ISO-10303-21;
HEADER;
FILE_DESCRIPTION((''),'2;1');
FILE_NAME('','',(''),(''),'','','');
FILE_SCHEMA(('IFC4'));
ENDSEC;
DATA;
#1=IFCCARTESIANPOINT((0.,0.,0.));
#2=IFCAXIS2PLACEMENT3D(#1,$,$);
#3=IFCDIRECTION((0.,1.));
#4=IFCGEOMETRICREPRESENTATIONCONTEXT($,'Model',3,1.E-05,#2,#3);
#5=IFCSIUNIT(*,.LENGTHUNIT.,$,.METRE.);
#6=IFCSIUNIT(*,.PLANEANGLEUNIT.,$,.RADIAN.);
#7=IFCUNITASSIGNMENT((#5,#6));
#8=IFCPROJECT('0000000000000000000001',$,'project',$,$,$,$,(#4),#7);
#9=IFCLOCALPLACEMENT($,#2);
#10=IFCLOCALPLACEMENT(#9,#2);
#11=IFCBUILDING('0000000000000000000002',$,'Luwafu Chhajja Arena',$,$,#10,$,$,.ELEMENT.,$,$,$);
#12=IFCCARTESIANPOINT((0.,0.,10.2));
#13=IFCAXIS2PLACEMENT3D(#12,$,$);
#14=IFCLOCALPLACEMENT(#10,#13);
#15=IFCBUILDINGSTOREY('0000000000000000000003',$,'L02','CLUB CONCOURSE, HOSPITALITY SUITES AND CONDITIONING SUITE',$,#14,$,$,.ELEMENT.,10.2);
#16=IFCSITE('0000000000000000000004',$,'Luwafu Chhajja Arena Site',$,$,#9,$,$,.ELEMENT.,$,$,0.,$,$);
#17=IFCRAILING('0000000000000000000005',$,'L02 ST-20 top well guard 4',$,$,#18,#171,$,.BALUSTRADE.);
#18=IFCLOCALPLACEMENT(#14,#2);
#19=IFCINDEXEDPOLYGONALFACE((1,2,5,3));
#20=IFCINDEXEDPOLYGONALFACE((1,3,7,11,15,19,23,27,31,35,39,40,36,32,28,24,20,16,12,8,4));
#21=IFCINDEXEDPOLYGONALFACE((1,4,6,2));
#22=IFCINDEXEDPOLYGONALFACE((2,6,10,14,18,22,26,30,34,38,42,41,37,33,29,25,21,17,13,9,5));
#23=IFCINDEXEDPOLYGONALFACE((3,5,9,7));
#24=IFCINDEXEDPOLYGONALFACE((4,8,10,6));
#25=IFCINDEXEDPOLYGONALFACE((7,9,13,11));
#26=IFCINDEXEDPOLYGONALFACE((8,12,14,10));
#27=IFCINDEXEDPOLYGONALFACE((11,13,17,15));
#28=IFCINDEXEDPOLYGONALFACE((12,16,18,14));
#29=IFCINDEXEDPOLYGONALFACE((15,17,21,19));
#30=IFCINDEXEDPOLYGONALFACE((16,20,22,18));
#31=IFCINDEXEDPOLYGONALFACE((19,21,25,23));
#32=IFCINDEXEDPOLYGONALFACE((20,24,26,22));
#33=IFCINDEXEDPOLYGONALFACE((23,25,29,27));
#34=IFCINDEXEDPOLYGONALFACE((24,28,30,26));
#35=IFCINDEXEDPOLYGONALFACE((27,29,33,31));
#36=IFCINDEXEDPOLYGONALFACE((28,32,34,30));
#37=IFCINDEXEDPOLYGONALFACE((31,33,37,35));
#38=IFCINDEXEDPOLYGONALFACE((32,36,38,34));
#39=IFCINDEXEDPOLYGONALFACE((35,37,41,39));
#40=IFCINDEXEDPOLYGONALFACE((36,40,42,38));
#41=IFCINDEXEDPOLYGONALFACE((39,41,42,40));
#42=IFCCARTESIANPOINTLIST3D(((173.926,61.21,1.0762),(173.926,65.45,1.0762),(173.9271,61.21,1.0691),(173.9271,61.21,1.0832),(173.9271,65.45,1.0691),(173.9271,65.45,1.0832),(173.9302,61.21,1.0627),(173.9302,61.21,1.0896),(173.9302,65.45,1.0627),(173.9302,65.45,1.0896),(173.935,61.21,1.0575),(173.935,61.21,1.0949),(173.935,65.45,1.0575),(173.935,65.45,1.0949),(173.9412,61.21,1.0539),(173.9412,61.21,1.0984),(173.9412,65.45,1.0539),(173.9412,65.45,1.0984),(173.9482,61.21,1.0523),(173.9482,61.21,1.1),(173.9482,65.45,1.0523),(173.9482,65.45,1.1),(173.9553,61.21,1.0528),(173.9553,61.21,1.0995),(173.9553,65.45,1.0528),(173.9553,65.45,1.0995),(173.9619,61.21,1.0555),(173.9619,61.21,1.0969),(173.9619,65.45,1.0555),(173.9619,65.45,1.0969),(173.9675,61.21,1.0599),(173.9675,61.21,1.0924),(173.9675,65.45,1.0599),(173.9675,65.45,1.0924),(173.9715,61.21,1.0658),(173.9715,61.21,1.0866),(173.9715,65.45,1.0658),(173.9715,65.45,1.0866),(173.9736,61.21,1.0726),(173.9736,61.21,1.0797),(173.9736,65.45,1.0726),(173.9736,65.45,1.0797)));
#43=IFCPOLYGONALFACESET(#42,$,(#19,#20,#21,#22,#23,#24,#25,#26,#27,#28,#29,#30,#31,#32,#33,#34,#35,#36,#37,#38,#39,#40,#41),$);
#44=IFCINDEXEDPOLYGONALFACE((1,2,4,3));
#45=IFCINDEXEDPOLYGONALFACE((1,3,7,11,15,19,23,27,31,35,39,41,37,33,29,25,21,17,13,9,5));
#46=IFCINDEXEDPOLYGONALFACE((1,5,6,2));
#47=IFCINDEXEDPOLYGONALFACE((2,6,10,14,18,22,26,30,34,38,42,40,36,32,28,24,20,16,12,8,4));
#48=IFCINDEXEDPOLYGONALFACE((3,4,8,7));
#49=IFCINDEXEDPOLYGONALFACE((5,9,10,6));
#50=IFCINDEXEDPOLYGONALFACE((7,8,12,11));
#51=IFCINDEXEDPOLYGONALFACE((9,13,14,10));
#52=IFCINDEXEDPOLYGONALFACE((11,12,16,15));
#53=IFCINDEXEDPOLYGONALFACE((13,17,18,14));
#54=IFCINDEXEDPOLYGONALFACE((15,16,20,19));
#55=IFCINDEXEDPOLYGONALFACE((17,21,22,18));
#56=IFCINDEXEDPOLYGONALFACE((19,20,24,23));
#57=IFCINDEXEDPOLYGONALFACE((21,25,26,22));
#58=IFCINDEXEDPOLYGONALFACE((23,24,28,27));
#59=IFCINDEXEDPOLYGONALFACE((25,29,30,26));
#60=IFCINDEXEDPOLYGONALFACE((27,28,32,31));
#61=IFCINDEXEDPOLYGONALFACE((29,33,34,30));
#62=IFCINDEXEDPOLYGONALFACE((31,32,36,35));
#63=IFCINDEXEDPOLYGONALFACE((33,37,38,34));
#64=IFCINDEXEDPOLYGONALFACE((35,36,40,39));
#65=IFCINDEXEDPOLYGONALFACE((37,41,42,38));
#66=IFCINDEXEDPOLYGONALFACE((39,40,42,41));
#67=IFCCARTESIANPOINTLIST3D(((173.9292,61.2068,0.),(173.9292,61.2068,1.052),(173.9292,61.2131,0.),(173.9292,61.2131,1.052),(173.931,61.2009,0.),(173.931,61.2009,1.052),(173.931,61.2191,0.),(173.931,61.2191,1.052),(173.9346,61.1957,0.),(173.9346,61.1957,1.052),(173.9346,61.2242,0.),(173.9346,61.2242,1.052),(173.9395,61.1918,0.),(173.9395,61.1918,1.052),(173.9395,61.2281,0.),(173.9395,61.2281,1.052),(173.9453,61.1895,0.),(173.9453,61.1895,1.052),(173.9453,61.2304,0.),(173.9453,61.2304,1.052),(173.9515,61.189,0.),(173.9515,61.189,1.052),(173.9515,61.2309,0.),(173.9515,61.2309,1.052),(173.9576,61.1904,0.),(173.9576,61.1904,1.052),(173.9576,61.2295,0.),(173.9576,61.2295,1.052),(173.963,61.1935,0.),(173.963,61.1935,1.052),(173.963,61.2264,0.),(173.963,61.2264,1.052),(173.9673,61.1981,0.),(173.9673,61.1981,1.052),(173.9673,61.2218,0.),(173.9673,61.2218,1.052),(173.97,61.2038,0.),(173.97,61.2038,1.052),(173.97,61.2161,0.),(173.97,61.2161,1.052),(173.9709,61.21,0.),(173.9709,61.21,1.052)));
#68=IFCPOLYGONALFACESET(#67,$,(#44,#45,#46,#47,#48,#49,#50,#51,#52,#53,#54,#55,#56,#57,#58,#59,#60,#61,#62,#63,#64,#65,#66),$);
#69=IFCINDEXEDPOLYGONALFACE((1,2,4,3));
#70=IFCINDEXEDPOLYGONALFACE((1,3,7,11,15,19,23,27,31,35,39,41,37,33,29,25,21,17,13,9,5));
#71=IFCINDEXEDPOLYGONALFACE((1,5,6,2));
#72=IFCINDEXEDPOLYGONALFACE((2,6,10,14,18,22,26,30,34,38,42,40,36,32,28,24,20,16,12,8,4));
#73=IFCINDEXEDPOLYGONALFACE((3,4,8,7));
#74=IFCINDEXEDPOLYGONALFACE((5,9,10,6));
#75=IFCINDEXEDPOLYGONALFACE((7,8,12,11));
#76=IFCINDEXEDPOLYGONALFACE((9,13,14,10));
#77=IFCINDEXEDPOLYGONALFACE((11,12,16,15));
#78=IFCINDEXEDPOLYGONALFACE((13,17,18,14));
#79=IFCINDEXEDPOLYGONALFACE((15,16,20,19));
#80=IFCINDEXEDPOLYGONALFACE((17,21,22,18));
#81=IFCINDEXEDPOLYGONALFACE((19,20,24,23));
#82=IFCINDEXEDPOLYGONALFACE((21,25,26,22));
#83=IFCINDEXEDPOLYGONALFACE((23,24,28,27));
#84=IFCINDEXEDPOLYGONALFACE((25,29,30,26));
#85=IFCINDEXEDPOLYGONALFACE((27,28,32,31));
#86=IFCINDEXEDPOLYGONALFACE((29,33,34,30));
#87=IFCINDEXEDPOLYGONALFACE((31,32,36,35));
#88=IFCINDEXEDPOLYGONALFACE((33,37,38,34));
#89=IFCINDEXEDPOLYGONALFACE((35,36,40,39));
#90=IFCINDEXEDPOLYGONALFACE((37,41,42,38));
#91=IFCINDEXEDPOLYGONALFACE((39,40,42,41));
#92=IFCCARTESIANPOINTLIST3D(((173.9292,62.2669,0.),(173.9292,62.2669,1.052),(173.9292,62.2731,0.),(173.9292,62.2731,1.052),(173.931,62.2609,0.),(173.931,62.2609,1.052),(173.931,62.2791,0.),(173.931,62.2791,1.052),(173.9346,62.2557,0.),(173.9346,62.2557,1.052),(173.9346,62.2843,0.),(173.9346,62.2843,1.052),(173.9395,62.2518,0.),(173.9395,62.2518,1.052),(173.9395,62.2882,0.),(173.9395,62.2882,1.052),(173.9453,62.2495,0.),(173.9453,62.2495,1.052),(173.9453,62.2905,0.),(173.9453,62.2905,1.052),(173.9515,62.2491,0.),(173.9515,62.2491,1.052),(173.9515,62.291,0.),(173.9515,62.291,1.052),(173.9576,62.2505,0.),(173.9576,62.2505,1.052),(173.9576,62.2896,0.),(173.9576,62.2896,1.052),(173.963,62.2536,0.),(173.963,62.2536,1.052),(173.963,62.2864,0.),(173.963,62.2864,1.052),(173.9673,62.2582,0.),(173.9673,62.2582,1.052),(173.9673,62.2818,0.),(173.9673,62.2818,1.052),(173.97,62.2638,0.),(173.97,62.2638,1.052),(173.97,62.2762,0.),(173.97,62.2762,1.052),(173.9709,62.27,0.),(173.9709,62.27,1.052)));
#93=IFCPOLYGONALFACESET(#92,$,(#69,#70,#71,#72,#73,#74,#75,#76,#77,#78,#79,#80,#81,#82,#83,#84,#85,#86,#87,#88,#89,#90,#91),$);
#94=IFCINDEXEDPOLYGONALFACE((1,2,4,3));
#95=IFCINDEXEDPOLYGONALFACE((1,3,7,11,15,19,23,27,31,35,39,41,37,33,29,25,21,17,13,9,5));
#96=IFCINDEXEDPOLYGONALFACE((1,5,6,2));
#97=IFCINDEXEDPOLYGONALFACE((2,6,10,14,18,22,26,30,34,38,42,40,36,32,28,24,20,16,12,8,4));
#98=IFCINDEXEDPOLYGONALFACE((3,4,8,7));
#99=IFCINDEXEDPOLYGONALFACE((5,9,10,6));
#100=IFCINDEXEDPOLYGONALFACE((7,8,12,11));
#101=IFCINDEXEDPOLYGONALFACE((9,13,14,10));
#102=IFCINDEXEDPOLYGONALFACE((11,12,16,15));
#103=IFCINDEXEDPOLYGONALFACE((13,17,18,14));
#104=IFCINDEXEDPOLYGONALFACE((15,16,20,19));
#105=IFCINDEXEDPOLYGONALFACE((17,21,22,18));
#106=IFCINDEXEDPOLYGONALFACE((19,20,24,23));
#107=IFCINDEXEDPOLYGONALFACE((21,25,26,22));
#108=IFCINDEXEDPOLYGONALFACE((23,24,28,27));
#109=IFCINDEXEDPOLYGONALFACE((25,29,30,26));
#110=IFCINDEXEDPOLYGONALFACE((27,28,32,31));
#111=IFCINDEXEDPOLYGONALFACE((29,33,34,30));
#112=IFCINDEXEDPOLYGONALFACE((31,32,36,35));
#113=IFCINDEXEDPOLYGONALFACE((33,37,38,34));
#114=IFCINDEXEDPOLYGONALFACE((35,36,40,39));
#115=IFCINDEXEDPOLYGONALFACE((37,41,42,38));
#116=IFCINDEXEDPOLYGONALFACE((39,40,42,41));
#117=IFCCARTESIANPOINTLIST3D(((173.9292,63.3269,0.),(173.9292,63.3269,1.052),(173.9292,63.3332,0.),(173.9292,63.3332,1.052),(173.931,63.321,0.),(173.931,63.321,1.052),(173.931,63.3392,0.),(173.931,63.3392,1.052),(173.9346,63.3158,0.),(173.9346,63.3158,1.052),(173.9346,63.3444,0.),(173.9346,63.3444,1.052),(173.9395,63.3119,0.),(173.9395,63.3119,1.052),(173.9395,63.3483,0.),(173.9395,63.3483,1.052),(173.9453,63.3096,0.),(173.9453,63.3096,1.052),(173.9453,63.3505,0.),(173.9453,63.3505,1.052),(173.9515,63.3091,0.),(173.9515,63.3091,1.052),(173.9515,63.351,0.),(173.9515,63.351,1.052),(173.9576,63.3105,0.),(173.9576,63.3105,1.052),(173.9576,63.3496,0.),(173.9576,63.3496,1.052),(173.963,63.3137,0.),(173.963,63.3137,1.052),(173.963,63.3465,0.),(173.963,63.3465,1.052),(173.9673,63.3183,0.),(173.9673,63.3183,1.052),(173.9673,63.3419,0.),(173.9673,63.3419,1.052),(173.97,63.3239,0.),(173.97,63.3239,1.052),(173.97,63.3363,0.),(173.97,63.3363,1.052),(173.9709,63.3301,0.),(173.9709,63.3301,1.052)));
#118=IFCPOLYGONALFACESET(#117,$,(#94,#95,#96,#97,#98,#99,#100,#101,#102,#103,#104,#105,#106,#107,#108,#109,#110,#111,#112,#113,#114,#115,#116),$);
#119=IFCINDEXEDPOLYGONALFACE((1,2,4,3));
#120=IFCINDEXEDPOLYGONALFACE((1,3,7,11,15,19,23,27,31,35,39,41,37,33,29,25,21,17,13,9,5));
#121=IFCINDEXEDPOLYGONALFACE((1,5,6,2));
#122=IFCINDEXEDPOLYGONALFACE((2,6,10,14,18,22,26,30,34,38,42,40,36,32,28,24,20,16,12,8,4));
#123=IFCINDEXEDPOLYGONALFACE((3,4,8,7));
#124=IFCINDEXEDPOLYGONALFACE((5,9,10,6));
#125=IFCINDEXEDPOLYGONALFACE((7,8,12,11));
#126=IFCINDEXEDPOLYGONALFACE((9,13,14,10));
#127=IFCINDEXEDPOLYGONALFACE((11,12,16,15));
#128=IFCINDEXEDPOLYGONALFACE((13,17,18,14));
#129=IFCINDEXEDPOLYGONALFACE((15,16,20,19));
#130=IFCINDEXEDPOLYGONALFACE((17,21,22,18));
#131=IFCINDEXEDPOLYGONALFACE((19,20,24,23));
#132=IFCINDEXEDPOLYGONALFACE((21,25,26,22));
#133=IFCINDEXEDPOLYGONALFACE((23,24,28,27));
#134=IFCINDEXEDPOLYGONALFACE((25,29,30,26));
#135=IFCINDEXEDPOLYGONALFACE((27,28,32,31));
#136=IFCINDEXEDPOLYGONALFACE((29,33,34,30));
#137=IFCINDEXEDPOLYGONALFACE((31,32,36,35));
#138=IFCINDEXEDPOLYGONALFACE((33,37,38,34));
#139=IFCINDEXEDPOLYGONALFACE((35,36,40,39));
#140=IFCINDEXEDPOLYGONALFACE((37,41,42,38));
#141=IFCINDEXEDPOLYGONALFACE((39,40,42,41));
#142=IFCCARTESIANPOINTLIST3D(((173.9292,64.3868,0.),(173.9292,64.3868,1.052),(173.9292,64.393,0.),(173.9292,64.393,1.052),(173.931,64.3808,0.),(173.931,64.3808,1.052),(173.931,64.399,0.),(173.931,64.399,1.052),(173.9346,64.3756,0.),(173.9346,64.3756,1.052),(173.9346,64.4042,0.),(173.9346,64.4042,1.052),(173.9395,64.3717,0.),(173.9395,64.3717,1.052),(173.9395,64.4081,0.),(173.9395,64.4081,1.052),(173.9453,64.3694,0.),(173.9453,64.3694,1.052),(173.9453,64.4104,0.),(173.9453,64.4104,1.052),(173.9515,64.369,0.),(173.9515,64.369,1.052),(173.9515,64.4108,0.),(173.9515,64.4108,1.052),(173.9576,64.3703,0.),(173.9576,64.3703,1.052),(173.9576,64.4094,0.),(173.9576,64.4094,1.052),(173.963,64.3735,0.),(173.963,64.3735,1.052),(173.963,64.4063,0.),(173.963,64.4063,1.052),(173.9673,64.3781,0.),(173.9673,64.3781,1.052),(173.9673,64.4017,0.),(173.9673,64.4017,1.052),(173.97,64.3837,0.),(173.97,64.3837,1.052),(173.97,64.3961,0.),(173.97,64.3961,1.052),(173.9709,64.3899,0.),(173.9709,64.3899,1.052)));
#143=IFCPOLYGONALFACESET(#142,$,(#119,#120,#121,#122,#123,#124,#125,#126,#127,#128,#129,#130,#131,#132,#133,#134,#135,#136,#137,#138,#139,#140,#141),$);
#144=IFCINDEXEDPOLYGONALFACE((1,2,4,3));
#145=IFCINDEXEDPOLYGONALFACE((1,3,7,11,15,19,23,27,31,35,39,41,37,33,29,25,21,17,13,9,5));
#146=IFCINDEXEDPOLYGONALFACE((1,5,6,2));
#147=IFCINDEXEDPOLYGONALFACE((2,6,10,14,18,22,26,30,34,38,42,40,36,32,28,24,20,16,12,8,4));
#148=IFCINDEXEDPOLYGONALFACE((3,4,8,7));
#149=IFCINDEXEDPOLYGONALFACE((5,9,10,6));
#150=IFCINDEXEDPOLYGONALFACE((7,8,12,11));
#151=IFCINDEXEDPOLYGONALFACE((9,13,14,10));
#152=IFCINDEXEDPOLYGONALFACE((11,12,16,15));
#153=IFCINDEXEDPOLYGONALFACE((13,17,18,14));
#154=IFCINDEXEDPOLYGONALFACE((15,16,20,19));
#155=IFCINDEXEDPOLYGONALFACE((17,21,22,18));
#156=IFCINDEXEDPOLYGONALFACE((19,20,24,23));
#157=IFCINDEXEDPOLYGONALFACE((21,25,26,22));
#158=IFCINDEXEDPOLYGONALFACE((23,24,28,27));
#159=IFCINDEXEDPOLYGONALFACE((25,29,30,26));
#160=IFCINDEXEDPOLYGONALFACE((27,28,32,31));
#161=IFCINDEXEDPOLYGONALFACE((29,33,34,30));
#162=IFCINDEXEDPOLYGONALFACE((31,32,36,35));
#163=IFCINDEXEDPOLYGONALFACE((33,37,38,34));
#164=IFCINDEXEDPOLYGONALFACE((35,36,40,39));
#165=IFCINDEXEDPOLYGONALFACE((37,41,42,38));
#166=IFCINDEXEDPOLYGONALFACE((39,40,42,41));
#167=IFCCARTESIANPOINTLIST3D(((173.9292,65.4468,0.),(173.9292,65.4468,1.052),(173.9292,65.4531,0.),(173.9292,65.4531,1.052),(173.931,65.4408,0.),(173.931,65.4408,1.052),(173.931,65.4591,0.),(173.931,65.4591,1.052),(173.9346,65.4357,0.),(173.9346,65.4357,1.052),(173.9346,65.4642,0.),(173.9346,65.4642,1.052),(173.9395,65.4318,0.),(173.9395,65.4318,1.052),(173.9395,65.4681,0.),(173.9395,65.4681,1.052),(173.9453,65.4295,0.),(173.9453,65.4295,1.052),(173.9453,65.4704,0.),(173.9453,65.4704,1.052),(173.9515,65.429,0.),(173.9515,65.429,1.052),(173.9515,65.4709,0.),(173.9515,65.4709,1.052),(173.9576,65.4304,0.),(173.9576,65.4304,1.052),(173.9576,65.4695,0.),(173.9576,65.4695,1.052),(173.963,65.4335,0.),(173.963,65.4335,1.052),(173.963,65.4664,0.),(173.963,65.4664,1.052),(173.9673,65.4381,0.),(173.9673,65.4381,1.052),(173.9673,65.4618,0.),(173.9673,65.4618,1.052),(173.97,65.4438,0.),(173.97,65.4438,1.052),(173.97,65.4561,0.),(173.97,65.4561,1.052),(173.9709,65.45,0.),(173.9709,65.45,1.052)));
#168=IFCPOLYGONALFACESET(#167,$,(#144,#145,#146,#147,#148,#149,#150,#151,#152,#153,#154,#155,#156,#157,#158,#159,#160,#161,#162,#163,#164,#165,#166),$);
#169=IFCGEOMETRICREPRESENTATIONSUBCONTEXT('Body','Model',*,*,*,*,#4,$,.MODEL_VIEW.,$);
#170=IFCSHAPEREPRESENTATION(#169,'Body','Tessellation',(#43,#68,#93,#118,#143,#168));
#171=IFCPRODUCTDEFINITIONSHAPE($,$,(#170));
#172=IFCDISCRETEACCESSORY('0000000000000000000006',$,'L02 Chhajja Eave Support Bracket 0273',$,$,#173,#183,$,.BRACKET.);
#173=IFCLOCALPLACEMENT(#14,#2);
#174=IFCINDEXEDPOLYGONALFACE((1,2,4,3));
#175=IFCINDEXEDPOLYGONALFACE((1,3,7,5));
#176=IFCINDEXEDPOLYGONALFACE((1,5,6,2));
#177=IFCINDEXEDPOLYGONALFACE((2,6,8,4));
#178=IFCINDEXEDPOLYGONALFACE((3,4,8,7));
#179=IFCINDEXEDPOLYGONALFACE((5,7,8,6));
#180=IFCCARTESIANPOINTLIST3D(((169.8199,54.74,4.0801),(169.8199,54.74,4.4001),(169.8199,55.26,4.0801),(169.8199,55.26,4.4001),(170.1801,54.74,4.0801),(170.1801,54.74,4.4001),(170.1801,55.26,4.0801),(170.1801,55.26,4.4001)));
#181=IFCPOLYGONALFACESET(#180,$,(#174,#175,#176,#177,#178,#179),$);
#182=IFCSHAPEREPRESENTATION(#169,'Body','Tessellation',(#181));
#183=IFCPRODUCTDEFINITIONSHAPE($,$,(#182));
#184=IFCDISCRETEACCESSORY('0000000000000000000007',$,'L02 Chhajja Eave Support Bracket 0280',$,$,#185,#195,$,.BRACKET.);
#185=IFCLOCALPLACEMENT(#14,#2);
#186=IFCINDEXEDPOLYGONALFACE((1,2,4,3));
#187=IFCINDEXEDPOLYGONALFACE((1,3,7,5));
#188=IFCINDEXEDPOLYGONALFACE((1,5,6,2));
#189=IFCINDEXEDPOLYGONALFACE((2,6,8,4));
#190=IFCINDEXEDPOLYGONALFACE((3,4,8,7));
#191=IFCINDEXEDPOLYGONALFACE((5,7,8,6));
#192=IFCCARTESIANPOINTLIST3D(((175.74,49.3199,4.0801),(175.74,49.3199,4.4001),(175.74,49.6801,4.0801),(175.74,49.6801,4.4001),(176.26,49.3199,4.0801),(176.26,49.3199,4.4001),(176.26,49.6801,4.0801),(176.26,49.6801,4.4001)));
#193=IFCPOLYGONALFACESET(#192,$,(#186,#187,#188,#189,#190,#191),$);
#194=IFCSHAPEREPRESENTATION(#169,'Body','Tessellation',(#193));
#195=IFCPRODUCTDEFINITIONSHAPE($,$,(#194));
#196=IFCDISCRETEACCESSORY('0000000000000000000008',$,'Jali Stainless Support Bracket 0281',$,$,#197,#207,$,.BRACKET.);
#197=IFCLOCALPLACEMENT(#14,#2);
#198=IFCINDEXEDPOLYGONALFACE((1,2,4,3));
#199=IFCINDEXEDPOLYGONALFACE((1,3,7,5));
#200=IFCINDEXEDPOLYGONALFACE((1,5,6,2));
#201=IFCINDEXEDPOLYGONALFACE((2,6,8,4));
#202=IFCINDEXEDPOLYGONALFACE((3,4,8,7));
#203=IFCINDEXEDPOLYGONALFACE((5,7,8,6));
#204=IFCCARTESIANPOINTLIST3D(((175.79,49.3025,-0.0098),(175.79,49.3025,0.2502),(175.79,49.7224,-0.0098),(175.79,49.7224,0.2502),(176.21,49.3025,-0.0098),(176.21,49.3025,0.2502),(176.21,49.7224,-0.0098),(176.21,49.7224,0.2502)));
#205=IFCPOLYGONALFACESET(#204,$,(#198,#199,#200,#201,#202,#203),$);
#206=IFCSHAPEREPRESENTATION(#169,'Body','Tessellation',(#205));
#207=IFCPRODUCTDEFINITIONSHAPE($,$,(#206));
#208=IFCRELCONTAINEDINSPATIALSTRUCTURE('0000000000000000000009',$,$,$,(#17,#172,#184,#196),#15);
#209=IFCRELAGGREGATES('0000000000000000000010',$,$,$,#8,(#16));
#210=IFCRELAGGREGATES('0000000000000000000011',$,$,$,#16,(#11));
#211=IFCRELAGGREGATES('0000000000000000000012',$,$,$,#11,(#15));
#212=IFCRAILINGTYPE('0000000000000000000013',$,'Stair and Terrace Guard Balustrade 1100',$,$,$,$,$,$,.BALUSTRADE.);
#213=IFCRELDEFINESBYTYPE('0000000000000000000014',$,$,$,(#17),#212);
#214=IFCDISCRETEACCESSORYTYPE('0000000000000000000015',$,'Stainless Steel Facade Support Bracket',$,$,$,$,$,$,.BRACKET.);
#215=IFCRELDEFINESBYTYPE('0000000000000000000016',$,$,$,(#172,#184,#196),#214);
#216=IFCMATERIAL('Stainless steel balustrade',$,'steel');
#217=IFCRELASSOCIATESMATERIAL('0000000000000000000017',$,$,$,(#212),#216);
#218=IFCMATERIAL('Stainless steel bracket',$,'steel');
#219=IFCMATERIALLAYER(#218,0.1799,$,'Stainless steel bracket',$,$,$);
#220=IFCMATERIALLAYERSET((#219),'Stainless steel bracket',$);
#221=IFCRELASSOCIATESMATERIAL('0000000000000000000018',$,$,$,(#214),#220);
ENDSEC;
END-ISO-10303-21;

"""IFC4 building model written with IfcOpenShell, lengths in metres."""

from ifc_helpers import new_model, si_unit, direction, frame, origin, origin_2d, place, context, subcontext, project, spatial, rectangle, circle, extrude, material, layer, layer_set, type_object, element, save


model = new_model("IFC4")

# Units and contexts
model_context = context("Model", 3, precision=1e-05, world=origin(), true_north=direction((0.0, 1.0)))
body_context = subcontext(model_context, "Body", "Model", "MODEL_VIEW")
ifc_project = project(units=[si_unit("LENGTHUNIT", "METRE"), si_unit("PLANEANGLEUNIT", "RADIAN")], contexts=[model_context])

# Site, building, storey
site_placement = place(None, origin())
site = spatial("IfcSite", under=ifc_project, at=site_placement, Name="Luwafu Chhajja Arena Site", CompositionType="ELEMENT", RefElevation=0.0)
building_placement = place(site_placement, origin())
building = spatial("IfcBuilding", under=site, at=building_placement, Name="Luwafu Chhajja Arena", CompositionType="ELEMENT")
storey_placement = place(building_placement, frame((0.0, 0.0, 10.2)))
storey = spatial("IfcBuildingStorey", under=building, at=storey_placement, Name="L02", Description="CLUB CONCOURSE, HOSPITALITY SUITES AND CONDITIONING SUITE", CompositionType="ELEMENT", Elevation=10.2)

# Railing
ifc_material_1 = material(Name="Stainless steel balustrade", Category="steel")
railing_type = type_object("IfcRailingType", Name="Stair and Terrace Guard Balustrade 1100", PredefinedType="BALUSTRADE", material=ifc_material_1)
railing_1_placement = place(storey_placement, frame((173.95, 61.21, 0.0)))
element("IfcRailing", 1, at=railing_1_placement, inside=storey, type_object=railing_type, Name="L02 ST-20 top well guard 4", PredefinedType="BALUSTRADE", context=body_context, shape_type="SweptSolid", body=[
    extrude(circle(Radius=0.0239, at=origin_2d()), frame((0.0, 0.0, 1.0762), z_axis=(0.0, 1.0, 0.0), x_axis=(-1.0, 0.0, 0.0)), (0.0, 0.0, 1.0), 4.24),
    extrude(circle(Radius=0.021, at=origin_2d()), origin(), (0.0, 0.0, 1.0), 1.052),
    extrude(circle(Radius=0.021, at=origin_2d()), frame((0.0, 1.0601, 0.0)), (0.0, 0.0, 1.0), 1.052),
    extrude(circle(Radius=0.021, at=origin_2d()), frame((0.0, 2.1201, 0.0)), (0.0, 0.0, 1.0), 1.052),
    extrude(circle(Radius=0.021, at=origin_2d()), frame((0.0, 3.1799, 0.0)), (0.0, 0.0, 1.0), 1.052),
    extrude(circle(Radius=0.021, at=origin_2d()), frame((0.0, 4.24, 0.0)), (0.0, 0.0, 1.0), 1.052),
])

# Discrete accessories
ifc_material_2 = material(Name="Stainless steel bracket", Category="steel")
ifc_layer_1 = layer(ifc_material_2, 0.1799, Name="Stainless steel bracket")
ifc_layer_set_1 = layer_set([ifc_layer_1], Name="Stainless steel bracket")
discrete_accessory_type = type_object("IfcDiscreteAccessoryType", Name="Stainless Steel Facade Support Bracket", PredefinedType="BRACKET", material=ifc_layer_set_1)
for number, where, z_axis, x_axis, name in (
    (2, (170.0, 55.0, 4.0801), (0.0, 0.0, 1.0), (1.0, 0.0, 0.0), "L02 Chhajja Eave Support Bracket 0273"),
    (3, (176.0, 49.5, 4.0801), (0.0, 0.0, 1.0), (0.0, 1.0, 0.0), "L02 Chhajja Eave Support Bracket 0280"),
):
    element("IfcDiscreteAccessory", number, at=place(storey_placement, frame(where, z_axis=z_axis, x_axis=x_axis)), inside=storey, type_object=discrete_accessory_type, Name=name, PredefinedType="BRACKET", context=body_context, shape_type="SweptSolid", body=[
        extrude(rectangle(XDim=0.3601, YDim=0.52, at=origin_2d()), origin(), (0.0, 0.0, 1.0), 0.3201),
    ])
discrete_accessory_placement = place(storey_placement, frame((176.0, 49.5125, -0.0098), z_axis=(0.0, 0.0, 1.0), x_axis=(0.0, 1.0, 0.0)))
element("IfcDiscreteAccessory", 4, at=discrete_accessory_placement, inside=storey, type_object=discrete_accessory_type, Name="Jali Stainless Support Bracket 0281", PredefinedType="BRACKET", context=body_context, shape_type="SweptSolid", body=[
    extrude(rectangle(XDim=0.4199, YDim=0.4199, at=origin_2d()), origin(), (0.0, 0.0, 1.0), 0.26),
])

save(model, "model.ifc")
